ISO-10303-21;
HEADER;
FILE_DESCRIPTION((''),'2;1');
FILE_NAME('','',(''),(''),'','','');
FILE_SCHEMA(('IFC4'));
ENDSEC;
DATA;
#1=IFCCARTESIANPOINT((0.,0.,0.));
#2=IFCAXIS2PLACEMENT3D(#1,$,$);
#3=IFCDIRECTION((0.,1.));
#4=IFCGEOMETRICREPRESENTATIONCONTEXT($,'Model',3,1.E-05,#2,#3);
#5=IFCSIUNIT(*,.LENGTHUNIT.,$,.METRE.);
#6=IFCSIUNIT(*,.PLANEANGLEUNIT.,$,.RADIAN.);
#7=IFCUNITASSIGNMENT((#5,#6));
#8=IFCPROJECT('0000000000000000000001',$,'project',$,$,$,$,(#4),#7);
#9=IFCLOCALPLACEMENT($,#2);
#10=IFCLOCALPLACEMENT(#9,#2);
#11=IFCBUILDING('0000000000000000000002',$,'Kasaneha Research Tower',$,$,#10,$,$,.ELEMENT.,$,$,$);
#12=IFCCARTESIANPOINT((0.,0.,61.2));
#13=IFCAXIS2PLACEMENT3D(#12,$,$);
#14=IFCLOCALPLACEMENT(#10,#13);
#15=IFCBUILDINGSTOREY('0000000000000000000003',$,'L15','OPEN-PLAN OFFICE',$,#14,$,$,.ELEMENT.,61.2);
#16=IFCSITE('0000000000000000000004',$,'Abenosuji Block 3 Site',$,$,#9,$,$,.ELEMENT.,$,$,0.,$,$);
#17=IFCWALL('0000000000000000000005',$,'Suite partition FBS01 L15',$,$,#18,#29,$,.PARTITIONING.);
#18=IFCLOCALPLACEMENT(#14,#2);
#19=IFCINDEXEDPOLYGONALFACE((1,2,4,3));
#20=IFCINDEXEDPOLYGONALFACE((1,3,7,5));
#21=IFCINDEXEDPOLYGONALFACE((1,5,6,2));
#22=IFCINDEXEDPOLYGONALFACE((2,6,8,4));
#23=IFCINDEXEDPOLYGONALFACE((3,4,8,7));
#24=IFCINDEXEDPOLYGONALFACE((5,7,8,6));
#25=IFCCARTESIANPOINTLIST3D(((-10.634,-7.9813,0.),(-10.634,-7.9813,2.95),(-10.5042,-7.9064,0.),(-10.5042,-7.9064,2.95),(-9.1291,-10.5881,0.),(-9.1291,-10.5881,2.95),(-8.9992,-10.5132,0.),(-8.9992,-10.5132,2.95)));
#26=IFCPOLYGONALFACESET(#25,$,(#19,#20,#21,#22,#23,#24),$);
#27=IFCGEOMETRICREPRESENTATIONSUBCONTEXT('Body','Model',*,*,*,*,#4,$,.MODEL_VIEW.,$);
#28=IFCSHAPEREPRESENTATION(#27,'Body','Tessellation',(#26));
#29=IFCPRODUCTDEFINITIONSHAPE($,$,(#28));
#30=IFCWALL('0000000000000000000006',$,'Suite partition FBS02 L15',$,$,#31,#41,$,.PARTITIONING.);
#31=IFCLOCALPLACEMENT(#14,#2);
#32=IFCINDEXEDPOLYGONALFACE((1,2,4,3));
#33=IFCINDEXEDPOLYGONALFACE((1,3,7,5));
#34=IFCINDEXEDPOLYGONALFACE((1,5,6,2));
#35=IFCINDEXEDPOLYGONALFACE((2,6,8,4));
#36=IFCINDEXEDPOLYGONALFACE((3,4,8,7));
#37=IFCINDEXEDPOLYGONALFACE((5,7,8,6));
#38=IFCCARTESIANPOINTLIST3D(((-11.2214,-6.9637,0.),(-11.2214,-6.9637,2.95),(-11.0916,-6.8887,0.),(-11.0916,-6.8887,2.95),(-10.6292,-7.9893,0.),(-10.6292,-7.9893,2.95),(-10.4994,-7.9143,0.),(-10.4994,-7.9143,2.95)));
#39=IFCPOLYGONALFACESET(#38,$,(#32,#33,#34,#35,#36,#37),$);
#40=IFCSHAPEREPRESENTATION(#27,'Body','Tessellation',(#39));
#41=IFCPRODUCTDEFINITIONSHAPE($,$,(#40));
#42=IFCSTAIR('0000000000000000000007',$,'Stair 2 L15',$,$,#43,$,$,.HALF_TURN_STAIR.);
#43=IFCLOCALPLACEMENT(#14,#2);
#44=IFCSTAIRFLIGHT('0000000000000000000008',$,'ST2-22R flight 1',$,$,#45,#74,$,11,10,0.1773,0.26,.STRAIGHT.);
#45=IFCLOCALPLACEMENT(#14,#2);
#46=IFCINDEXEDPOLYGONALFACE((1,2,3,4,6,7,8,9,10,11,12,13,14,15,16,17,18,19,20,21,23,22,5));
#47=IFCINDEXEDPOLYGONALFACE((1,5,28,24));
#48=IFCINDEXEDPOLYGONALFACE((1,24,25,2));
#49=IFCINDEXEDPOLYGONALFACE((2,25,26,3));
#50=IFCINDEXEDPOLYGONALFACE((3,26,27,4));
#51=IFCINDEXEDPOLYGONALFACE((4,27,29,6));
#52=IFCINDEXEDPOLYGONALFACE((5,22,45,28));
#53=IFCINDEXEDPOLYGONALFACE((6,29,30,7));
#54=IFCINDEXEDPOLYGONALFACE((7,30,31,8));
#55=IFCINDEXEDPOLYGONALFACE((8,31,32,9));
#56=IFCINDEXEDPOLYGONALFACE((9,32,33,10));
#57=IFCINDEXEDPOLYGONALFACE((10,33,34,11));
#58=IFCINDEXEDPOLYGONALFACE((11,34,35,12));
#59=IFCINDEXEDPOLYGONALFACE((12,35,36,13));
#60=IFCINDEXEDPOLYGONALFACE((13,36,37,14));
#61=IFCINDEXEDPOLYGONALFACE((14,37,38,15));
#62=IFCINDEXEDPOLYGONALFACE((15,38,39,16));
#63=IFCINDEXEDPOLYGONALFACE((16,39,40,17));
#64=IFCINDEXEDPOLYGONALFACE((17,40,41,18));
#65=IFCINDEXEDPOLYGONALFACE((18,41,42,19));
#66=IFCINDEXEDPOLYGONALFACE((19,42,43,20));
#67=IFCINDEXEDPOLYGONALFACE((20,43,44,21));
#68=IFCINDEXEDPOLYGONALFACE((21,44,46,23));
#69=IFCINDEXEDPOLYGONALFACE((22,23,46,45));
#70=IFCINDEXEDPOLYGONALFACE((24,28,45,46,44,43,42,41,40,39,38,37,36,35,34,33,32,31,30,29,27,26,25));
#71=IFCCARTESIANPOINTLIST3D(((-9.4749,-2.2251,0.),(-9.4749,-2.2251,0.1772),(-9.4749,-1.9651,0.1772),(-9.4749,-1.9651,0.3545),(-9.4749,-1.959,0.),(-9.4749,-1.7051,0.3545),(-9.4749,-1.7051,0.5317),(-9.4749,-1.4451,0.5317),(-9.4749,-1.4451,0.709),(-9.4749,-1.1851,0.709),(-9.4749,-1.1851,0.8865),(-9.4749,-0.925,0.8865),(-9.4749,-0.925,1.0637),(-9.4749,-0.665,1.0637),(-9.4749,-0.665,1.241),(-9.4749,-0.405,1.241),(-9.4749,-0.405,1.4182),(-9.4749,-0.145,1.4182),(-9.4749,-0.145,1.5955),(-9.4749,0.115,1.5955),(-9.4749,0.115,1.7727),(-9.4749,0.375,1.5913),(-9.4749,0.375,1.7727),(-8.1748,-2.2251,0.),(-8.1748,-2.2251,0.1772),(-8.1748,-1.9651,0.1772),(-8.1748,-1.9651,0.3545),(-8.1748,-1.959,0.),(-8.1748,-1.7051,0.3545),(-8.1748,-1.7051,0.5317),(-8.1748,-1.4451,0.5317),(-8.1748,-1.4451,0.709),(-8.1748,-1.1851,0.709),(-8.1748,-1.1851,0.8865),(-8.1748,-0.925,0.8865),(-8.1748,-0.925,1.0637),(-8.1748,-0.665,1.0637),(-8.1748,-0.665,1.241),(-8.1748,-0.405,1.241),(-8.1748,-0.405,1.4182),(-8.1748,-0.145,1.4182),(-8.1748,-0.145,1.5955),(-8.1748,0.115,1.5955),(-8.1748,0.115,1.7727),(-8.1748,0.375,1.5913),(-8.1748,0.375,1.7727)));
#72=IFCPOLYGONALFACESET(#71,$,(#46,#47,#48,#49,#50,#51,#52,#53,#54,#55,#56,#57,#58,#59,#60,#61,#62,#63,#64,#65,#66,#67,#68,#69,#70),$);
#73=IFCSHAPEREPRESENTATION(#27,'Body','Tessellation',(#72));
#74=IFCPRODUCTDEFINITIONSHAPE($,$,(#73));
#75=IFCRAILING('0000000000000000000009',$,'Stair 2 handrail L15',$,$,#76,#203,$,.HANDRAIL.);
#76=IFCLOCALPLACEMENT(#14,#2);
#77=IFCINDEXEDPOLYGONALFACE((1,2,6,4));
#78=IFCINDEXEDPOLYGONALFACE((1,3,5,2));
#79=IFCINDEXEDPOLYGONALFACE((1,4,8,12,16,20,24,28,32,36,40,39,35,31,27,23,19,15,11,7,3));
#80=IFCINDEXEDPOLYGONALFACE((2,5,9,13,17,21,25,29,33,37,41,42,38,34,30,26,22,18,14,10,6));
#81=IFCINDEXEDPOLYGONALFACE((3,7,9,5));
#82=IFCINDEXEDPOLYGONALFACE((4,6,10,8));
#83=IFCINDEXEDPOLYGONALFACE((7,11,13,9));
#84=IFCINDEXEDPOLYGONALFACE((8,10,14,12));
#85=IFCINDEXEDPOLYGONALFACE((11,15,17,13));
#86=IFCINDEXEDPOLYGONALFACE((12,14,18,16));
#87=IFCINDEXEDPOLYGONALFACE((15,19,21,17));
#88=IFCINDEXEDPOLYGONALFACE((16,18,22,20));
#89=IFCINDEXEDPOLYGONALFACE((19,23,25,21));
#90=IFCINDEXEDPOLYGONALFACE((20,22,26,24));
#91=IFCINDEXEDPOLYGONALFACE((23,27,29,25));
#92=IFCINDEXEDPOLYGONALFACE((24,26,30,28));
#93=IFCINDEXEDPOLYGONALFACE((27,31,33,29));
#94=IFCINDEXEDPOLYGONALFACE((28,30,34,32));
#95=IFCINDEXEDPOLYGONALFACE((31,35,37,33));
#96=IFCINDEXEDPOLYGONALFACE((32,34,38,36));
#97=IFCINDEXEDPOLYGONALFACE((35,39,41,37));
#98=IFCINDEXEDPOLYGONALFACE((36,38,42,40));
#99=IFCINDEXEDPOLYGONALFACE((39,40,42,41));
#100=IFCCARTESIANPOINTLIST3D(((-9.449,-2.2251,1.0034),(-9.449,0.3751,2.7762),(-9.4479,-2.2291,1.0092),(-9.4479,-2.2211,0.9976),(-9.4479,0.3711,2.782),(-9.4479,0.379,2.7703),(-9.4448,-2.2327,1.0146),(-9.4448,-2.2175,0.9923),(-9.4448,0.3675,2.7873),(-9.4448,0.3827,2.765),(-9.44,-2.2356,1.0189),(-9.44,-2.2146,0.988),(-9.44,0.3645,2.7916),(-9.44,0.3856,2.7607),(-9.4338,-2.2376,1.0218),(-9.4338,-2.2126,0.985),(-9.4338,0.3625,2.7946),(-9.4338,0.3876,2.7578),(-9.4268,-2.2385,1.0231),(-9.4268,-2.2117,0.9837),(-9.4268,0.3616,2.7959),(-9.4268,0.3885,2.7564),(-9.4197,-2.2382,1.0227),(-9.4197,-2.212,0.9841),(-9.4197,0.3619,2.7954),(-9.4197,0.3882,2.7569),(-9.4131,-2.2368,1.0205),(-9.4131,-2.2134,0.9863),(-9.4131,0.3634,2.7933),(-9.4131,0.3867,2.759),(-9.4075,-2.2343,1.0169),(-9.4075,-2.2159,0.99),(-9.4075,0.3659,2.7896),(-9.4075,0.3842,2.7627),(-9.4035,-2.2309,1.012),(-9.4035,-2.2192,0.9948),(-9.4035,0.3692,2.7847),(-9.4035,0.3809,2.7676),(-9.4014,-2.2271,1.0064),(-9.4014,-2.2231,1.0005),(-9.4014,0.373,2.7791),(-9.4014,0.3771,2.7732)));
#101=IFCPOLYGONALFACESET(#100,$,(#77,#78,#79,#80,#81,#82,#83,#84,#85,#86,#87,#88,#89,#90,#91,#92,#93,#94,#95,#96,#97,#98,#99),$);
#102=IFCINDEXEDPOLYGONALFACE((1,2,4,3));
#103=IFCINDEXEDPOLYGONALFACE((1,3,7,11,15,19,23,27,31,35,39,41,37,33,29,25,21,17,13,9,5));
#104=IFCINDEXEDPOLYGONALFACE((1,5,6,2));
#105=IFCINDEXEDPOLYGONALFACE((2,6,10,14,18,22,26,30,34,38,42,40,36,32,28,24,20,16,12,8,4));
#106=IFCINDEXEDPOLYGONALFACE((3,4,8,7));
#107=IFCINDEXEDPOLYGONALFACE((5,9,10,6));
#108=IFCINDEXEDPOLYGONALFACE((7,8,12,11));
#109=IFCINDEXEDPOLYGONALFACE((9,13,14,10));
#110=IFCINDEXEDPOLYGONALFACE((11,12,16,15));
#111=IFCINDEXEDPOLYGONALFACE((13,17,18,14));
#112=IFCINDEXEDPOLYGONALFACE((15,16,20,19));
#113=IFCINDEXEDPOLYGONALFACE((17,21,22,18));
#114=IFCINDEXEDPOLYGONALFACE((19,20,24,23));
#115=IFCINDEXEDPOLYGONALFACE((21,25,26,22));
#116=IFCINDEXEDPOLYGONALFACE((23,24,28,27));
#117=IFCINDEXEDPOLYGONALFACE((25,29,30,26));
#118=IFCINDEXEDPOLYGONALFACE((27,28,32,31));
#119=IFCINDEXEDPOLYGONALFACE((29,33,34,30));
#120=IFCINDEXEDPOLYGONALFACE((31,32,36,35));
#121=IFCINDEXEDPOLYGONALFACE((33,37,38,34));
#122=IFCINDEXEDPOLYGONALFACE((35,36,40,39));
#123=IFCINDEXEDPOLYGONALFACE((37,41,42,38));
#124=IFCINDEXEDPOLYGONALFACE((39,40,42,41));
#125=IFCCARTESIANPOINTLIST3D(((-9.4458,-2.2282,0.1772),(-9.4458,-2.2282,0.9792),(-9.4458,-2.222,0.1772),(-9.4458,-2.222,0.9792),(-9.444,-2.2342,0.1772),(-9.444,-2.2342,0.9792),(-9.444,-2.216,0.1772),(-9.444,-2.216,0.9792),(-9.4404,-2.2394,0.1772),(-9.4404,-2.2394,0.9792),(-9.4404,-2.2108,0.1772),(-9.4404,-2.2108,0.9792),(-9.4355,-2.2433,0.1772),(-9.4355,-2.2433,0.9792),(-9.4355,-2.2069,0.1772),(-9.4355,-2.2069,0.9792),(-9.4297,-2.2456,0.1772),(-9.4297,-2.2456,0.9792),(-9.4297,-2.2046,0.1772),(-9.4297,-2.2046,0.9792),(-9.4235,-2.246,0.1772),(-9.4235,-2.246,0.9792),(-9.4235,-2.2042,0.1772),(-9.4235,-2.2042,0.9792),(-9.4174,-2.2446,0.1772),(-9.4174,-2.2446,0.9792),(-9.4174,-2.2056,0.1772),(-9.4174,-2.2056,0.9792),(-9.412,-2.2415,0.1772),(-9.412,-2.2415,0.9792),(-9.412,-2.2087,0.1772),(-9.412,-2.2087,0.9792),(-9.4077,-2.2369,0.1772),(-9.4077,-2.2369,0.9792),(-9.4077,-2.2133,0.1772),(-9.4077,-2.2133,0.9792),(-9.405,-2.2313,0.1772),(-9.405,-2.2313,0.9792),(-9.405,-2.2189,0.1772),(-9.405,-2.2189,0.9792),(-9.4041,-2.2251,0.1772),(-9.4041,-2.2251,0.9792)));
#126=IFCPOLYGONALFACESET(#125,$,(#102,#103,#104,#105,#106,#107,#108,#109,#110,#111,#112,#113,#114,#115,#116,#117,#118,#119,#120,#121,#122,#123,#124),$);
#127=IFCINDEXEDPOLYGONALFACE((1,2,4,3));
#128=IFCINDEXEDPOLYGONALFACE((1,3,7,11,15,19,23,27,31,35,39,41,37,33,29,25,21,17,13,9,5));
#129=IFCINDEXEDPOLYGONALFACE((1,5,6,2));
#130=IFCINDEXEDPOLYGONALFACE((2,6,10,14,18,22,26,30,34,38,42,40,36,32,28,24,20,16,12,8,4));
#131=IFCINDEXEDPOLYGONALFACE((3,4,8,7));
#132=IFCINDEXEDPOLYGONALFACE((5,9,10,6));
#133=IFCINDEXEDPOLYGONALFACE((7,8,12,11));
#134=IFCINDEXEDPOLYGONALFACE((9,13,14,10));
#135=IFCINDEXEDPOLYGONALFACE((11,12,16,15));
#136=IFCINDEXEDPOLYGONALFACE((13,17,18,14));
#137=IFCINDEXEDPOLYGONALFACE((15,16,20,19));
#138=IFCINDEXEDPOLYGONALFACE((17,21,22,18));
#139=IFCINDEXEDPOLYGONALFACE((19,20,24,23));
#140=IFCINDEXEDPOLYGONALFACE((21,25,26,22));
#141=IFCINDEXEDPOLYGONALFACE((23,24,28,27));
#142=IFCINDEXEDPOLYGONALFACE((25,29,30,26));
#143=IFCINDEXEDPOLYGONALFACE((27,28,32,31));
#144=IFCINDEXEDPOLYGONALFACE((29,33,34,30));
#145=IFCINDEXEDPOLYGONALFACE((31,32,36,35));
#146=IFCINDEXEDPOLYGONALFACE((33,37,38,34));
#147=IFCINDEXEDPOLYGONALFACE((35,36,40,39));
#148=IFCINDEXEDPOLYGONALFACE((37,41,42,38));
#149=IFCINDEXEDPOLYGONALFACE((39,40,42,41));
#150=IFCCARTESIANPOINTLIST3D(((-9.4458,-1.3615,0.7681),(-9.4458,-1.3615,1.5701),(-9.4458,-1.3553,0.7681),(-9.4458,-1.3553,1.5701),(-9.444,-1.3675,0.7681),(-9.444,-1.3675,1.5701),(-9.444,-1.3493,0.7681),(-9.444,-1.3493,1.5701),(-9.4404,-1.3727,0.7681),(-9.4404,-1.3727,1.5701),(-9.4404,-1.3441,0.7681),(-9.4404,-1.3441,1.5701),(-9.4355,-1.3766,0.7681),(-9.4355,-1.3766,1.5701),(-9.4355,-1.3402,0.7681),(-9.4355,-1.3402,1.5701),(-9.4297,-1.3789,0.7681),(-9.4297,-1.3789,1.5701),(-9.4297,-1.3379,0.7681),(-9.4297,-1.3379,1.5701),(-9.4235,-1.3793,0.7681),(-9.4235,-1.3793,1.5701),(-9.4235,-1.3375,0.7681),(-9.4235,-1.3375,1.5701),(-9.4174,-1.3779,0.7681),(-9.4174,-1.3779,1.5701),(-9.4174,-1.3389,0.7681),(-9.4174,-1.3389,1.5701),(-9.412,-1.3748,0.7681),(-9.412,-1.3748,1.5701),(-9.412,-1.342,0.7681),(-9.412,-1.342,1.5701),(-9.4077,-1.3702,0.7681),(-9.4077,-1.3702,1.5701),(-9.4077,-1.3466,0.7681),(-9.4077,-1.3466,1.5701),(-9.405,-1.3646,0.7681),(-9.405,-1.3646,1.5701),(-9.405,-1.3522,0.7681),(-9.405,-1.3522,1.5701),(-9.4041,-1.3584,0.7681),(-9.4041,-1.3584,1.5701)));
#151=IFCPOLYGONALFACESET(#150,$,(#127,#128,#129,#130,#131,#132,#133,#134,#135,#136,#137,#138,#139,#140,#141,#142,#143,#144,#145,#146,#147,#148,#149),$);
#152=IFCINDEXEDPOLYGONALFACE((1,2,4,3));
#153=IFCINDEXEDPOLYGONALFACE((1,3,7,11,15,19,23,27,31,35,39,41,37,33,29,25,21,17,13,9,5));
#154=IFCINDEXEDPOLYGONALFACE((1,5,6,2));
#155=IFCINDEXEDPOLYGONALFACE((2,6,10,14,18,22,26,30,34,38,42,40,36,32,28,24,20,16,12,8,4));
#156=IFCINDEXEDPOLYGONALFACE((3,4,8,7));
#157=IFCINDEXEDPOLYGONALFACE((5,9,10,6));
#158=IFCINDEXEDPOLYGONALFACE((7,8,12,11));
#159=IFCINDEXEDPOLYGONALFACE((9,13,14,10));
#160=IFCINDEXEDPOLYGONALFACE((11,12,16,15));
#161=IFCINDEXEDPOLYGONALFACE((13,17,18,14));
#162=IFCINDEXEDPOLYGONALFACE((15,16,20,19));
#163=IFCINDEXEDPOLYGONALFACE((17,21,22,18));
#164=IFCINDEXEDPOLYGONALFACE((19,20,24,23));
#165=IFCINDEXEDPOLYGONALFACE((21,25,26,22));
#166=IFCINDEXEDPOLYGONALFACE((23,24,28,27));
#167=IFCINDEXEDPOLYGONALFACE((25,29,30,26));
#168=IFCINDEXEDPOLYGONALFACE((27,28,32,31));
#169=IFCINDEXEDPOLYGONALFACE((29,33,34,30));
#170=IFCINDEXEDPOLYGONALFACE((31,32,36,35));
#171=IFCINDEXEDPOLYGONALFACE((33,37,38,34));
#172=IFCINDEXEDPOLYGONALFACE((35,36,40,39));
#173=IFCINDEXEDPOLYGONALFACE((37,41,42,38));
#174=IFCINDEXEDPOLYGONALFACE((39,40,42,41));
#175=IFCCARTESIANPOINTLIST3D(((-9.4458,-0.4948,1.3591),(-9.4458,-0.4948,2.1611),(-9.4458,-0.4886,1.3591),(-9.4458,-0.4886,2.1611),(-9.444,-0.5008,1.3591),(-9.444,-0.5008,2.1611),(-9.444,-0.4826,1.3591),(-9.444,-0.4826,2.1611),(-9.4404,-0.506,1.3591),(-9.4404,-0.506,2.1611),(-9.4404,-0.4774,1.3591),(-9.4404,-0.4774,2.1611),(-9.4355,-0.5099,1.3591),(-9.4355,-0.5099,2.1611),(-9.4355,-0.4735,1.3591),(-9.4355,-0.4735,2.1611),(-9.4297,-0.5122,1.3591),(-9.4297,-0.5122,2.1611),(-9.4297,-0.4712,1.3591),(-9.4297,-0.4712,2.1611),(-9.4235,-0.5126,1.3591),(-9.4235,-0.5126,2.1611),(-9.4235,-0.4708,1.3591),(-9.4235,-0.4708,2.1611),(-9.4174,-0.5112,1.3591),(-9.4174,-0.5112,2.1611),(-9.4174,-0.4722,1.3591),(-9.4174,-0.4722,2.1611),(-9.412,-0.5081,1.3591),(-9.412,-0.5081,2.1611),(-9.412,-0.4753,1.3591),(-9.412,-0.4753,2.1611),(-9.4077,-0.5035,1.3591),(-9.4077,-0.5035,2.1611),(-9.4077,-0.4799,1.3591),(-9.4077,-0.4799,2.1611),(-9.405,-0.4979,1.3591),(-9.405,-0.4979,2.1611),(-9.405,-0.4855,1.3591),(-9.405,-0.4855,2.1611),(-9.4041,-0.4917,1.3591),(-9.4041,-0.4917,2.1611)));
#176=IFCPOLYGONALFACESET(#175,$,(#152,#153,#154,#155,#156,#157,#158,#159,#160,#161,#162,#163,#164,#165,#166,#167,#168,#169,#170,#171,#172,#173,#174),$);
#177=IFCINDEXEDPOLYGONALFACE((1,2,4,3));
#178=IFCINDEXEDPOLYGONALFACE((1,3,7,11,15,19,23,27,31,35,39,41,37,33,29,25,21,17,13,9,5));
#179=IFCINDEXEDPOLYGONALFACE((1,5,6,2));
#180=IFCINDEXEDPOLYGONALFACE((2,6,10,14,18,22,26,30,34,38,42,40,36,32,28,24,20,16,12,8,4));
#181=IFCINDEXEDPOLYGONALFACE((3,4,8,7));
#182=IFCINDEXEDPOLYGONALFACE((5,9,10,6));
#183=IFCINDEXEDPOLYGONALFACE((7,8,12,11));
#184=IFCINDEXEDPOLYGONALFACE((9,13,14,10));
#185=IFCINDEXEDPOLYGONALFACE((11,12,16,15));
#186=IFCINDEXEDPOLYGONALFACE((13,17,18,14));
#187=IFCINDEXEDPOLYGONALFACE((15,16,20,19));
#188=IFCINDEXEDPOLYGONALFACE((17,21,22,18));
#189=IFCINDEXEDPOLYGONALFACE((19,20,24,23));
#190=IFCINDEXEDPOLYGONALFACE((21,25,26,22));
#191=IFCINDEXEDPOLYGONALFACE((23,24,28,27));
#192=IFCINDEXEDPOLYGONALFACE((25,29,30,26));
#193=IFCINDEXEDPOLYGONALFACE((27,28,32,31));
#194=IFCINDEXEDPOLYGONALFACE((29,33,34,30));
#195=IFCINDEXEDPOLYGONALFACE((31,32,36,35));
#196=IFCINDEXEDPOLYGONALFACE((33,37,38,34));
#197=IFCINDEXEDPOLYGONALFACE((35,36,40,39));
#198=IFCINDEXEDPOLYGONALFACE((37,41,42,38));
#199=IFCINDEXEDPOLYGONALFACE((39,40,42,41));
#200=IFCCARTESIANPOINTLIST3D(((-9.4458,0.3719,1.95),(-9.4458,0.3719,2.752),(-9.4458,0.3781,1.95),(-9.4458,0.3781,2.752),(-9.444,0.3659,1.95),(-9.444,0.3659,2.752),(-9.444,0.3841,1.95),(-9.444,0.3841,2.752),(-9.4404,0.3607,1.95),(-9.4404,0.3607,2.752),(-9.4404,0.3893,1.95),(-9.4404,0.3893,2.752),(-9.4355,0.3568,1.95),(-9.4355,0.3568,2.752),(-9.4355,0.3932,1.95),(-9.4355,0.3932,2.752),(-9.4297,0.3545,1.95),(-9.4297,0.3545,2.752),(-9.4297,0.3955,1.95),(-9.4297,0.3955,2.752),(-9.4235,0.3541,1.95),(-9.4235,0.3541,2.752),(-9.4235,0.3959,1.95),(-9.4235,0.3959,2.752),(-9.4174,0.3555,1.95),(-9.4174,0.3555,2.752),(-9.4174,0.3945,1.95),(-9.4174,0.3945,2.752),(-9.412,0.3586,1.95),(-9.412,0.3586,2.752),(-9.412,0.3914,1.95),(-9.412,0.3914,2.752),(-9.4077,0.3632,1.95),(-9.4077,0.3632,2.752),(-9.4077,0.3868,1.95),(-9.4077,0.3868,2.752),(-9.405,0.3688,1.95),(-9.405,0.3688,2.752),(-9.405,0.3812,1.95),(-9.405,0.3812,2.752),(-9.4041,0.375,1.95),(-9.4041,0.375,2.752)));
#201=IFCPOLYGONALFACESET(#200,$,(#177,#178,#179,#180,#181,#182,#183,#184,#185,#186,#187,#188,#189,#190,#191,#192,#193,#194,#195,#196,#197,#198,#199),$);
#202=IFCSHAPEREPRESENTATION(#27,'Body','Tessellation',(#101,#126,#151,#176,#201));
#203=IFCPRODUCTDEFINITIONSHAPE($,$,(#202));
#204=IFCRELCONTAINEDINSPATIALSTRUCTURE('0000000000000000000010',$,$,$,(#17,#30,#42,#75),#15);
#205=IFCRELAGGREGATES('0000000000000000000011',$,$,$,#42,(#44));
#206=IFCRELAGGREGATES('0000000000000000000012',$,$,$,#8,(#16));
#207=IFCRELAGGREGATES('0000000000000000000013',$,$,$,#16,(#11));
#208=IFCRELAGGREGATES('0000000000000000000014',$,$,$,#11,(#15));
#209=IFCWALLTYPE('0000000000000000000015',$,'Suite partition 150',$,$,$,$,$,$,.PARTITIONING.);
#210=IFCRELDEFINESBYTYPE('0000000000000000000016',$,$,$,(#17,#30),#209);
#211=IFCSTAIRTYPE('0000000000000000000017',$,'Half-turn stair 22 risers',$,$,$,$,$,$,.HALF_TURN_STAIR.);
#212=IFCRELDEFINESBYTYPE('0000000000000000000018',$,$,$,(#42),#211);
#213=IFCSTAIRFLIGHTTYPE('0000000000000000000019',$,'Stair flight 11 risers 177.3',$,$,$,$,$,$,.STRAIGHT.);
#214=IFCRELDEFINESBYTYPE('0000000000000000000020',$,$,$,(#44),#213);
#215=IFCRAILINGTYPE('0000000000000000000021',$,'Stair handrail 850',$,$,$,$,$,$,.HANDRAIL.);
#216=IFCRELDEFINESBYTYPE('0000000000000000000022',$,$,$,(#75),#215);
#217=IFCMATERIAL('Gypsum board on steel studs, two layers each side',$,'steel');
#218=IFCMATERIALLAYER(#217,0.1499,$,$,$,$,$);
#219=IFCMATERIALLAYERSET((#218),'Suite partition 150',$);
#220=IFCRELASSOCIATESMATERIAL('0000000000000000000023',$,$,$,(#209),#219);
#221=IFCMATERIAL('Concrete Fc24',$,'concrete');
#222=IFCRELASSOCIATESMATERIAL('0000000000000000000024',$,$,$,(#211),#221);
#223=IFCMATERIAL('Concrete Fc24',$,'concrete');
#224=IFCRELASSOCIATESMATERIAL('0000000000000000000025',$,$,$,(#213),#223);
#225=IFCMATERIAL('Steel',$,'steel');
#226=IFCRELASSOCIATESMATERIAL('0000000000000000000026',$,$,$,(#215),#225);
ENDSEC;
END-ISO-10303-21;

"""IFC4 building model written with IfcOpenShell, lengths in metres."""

from ifc_helpers import new_model, si_unit, direction, frame, frame_2d, origin, origin_2d, place, context, subcontext, project, spatial, polyline, rectangle, circle, outline, extrude, material, layer, layer_set, type_object, element, aggregate, save


model = new_model("IFC4")

# Units and contexts
model_context = context("Model", 3, precision=1e-05, world=origin(), true_north=direction((0.0, 1.0)))
body_context = subcontext(model_context, "Body", "Model", "MODEL_VIEW")
ifc_project = project(units=[si_unit("LENGTHUNIT", "METRE"), si_unit("PLANEANGLEUNIT", "RADIAN")], contexts=[model_context])

# Site, building, storey
site_placement = place(None, origin())
site = spatial("IfcSite", under=ifc_project, at=site_placement, Name="Abenosuji Block 3 Site", CompositionType="ELEMENT", RefElevation=0.0)
building_placement = place(site_placement, origin())
building = spatial("IfcBuilding", under=site, at=building_placement, Name="Kasaneha Research Tower", CompositionType="ELEMENT")
storey_placement = place(building_placement, frame((0.0, 0.0, 61.2)))
storey = spatial("IfcBuildingStorey", under=building, at=storey_placement, Name="L15", Description="OPEN-PLAN OFFICE", CompositionType="ELEMENT", Elevation=61.2)

# Shared definitions
ifc_material_1 = material(Name="Gypsum board on steel studs, two layers each side", Category="steel")
ifc_layer_1 = layer(ifc_material_1, 0.1499)
ifc_layer_set_1 = layer_set([ifc_layer_1], Name="Suite partition 150")
wall_type_1 = type_object("IfcWallType", Name="Suite partition 150", PredefinedType="PARTITIONING", material=ifc_layer_set_1)

# Walls
wall_1_placement = place(storey_placement, frame((-9.0642, -10.5505, 0.0), z_axis=(0.0, 0.0, 1.0), x_axis=(-0.499978, 0.866038, 0.0)))
element("IfcWall", 1, at=wall_1_placement, inside=storey, type_object=wall_type_1, Name="Suite partition FBS01 L15", PredefinedType="PARTITIONING", context=body_context, shape_type="SweptSolid", body=[
    extrude(rectangle(XDim=3.01, YDim=0.1499, at=frame_2d((1.5049, 0.0))), origin(), (0.0, 0.0, 1.0), 2.95),
])
wall_2_placement = place(storey_placement, frame((-10.5642, -7.9519, 0.0), z_axis=(0.0, 0.0, 1.0), x_axis=(-0.500085, 0.865976, 0.0)))
element("IfcWall", 2, at=wall_2_placement, inside=storey, type_object=wall_type_1, Name="Suite partition FBS02 L15", PredefinedType="PARTITIONING", context=body_context, shape_type="SweptSolid", body=[
    extrude(rectangle(XDim=1.1843, YDim=0.1499, at=frame_2d((0.5923, 0.0))), origin(), (0.0, 0.0, 1.0), 2.95),
])

# Stair, stair flight
ifc_material_2 = material(Name="Concrete Fc24", Category="concrete")
stair_type = type_object("IfcStairType", Name="Half-turn stair 22 risers", PredefinedType="HALF_TURN_STAIR", material=ifc_material_2)
stair_placement = place(storey_placement, origin())
stair = element("IfcStair", 3, at=stair_placement, inside=storey, type_object=stair_type, Name="Stair 2 L15", PredefinedType="HALF_TURN_STAIR")
ifc_material_3 = material(Name="Concrete Fc24", Category="concrete")
stair_flight_type = type_object("IfcStairFlightType", Name="Stair flight 11 risers 177.3", PredefinedType="STRAIGHT", material=ifc_material_3)
stair_flight_placement = place(storey_placement, frame((-8.825, -2.2251, 0.0), z_axis=(0.0, 0.0, 1.0), x_axis=(0.0, 1.0, 0.0)))
stair_flight = element("IfcStairFlight", 4, at=stair_flight_placement, type_object=stair_flight_type, Name="ST2-22R flight 1", NumberOfRisers=11, NumberOfTreads=10, PredefinedType="STRAIGHT", RiserHeight=0.1773, TreadLength=0.26, context=body_context, shape_type="SweptSolid", body=[
    extrude(outline(polyline([(0.0, 0.0), (0.0, 0.1772), (0.26, 0.1772), (0.26, 0.3545), (0.52, 0.3545), (0.52, 0.5317), (0.78, 0.5317), (0.78, 0.709), (1.04, 0.709), (1.04, 0.8865), (1.3, 0.8865), (1.3, 1.0637), (1.5601, 1.0637), (1.5601, 1.241), (1.8201, 1.241), (1.8201, 1.4182), (2.0801, 1.4182), (2.0801, 1.5955), (2.3401, 1.5955), (2.3401, 1.7727), (2.6001, 1.7727), (2.6001, 1.95), (2.6001, 1.5913), (0.2661, 0.0), (0.0, 0.0)])), frame((0.0, 0.6499, 0.0), z_axis=(0.0, -1.0, 0.0), x_axis=(1.0, 0.0, 0.0)), (0.0, 0.0, 1.0), 1.3),
])
aggregate(stair, [stair_flight])

# Railing
ifc_material_4 = material(Name="Steel", Category="steel")
railing_type = type_object("IfcRailingType", Name="Stair handrail 850", PredefinedType="HANDRAIL", material=ifc_material_4)
railing_placement = place(storey_placement, frame((-9.425, -2.2251, 0.1772)))
element("IfcRailing", 5, at=railing_placement, inside=storey, type_object=railing_type, Name="Stair 2 handrail L15", PredefinedType="HANDRAIL", context=body_context, shape_type="SweptSolid", body=[
    extrude(circle(Radius=0.0239, at=origin_2d()), frame((0.0, 0.0, 0.8262), z_axis=(0.0, 0.82624, 0.563318), x_axis=(-1.0, 0.0, 0.0)), (0.0, 0.0, 1.0), 3.147),
    extrude(circle(Radius=0.021, at=origin_2d()), origin(), (0.0, 0.0, 1.0), 0.802),
    extrude(circle(Radius=0.021, at=origin_2d()), frame((0.0, 0.8667, 0.5908)), (0.0, 0.0, 1.0), 0.802),
    extrude(circle(Radius=0.021, at=origin_2d()), frame((0.0, 1.7334, 1.1819)), (0.0, 0.0, 1.0), 0.802),
    extrude(circle(Radius=0.021, at=origin_2d()), frame((0.0, 2.6001, 1.7727)), (0.0, 0.0, 1.0), 0.802),
])

save(model, "model.ifc")
